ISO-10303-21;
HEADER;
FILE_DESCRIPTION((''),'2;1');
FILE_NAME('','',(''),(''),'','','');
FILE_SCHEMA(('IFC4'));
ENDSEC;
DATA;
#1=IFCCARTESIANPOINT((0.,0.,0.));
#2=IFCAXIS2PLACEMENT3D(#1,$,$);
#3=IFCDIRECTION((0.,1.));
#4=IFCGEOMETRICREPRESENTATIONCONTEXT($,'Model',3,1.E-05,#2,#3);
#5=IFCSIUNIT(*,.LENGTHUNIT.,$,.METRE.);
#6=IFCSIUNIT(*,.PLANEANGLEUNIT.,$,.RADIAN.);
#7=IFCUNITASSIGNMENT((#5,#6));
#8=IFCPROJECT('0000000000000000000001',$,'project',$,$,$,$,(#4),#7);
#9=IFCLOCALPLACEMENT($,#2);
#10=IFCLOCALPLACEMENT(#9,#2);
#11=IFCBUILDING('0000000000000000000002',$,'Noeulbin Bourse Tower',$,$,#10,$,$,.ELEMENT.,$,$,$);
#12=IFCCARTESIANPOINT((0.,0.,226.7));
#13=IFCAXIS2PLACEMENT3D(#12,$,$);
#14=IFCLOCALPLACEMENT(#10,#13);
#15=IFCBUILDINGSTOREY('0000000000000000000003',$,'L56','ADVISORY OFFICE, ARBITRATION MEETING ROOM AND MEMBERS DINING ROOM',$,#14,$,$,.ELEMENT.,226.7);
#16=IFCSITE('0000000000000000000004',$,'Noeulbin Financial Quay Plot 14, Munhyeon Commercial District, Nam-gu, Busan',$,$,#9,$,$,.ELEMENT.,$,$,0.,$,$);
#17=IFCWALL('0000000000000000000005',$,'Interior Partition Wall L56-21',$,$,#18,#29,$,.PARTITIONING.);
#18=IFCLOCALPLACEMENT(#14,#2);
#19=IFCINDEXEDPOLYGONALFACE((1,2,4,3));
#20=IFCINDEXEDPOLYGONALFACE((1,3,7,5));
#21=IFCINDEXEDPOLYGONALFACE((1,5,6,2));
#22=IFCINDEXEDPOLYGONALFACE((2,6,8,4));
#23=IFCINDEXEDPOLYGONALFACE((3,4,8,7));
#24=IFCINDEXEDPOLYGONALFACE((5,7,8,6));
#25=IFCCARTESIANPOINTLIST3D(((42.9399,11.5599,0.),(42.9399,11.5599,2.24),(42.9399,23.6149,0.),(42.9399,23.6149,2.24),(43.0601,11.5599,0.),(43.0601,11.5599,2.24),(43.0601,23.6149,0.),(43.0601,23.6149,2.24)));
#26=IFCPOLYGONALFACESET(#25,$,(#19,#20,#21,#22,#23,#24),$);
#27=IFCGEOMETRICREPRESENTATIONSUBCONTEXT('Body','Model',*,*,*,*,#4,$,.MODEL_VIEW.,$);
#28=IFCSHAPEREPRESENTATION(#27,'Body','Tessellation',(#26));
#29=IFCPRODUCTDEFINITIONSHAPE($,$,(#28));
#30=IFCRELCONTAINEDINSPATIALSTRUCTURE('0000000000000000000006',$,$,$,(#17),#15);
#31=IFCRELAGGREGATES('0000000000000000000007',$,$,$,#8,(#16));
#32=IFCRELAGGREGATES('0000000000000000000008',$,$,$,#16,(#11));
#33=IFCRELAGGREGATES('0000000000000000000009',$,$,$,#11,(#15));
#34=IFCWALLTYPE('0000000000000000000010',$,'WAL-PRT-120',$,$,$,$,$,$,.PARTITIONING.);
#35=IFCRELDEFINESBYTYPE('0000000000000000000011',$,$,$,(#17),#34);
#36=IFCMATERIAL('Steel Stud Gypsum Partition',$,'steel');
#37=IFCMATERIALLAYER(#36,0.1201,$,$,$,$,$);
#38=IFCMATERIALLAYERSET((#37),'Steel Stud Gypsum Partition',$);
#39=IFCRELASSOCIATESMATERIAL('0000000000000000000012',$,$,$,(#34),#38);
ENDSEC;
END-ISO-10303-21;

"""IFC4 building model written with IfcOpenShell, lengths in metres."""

from ifc_helpers import new_model, si_unit, direction, frame, frame_2d, origin, place, context, subcontext, project, spatial, rectangle, extrude, material, layer, layer_set, type_object, element, save


model = new_model("IFC4")

# Units and contexts
model_context = context("Model", 3, precision=1e-05, world=origin(), true_north=direction((0.0, 1.0)))
body_context = subcontext(model_context, "Body", "Model", "MODEL_VIEW")
ifc_project = project(units=[si_unit("LENGTHUNIT", "METRE"), si_unit("PLANEANGLEUNIT", "RADIAN")], contexts=[model_context])

# Site, building, storey
site_placement = place(None, origin())
site = spatial("IfcSite", under=ifc_project, at=site_placement, Name="Noeulbin Financial Quay Plot 14, Munhyeon Commercial District, Nam-gu, Busan", CompositionType="ELEMENT", RefElevation=0.0)
building_placement = place(site_placement, origin())
building = spatial("IfcBuilding", under=site, at=building_placement, Name="Noeulbin Bourse Tower", CompositionType="ELEMENT")
storey_placement = place(building_placement, frame((0.0, 0.0, 226.7)))
storey = spatial("IfcBuildingStorey", under=building, at=storey_placement, Name="L56", Description="ADVISORY OFFICE, ARBITRATION MEETING ROOM AND MEMBERS DINING ROOM", CompositionType="ELEMENT", Elevation=226.7)

# Wall
ifc_material_1 = material(Name="Steel Stud Gypsum Partition", Category="steel")
ifc_layer_1 = layer(ifc_material_1, 0.1201)
ifc_layer_set_1 = layer_set([ifc_layer_1], Name="Steel Stud Gypsum Partition")
wall_type = type_object("IfcWallType", Name="WAL-PRT-120", PredefinedType="PARTITIONING", material=ifc_layer_set_1)
wall_placement = place(storey_placement, frame((43.0, 11.5601, 0.0), z_axis=(0.0, 0.0, 1.0), x_axis=(0.0, 1.0, 0.0)))
element("IfcWall", 1, at=wall_placement, inside=storey, type_object=wall_type, Name="Interior Partition Wall L56-21", PredefinedType="PARTITIONING", context=body_context, shape_type="SweptSolid", body=[
    extrude(rectangle(XDim=12.0549, YDim=0.1201, at=frame_2d((6.0273, 0.0))), origin(), (0.0, 0.0, 1.0), 2.24),
])

save(model, "model.ifc")
